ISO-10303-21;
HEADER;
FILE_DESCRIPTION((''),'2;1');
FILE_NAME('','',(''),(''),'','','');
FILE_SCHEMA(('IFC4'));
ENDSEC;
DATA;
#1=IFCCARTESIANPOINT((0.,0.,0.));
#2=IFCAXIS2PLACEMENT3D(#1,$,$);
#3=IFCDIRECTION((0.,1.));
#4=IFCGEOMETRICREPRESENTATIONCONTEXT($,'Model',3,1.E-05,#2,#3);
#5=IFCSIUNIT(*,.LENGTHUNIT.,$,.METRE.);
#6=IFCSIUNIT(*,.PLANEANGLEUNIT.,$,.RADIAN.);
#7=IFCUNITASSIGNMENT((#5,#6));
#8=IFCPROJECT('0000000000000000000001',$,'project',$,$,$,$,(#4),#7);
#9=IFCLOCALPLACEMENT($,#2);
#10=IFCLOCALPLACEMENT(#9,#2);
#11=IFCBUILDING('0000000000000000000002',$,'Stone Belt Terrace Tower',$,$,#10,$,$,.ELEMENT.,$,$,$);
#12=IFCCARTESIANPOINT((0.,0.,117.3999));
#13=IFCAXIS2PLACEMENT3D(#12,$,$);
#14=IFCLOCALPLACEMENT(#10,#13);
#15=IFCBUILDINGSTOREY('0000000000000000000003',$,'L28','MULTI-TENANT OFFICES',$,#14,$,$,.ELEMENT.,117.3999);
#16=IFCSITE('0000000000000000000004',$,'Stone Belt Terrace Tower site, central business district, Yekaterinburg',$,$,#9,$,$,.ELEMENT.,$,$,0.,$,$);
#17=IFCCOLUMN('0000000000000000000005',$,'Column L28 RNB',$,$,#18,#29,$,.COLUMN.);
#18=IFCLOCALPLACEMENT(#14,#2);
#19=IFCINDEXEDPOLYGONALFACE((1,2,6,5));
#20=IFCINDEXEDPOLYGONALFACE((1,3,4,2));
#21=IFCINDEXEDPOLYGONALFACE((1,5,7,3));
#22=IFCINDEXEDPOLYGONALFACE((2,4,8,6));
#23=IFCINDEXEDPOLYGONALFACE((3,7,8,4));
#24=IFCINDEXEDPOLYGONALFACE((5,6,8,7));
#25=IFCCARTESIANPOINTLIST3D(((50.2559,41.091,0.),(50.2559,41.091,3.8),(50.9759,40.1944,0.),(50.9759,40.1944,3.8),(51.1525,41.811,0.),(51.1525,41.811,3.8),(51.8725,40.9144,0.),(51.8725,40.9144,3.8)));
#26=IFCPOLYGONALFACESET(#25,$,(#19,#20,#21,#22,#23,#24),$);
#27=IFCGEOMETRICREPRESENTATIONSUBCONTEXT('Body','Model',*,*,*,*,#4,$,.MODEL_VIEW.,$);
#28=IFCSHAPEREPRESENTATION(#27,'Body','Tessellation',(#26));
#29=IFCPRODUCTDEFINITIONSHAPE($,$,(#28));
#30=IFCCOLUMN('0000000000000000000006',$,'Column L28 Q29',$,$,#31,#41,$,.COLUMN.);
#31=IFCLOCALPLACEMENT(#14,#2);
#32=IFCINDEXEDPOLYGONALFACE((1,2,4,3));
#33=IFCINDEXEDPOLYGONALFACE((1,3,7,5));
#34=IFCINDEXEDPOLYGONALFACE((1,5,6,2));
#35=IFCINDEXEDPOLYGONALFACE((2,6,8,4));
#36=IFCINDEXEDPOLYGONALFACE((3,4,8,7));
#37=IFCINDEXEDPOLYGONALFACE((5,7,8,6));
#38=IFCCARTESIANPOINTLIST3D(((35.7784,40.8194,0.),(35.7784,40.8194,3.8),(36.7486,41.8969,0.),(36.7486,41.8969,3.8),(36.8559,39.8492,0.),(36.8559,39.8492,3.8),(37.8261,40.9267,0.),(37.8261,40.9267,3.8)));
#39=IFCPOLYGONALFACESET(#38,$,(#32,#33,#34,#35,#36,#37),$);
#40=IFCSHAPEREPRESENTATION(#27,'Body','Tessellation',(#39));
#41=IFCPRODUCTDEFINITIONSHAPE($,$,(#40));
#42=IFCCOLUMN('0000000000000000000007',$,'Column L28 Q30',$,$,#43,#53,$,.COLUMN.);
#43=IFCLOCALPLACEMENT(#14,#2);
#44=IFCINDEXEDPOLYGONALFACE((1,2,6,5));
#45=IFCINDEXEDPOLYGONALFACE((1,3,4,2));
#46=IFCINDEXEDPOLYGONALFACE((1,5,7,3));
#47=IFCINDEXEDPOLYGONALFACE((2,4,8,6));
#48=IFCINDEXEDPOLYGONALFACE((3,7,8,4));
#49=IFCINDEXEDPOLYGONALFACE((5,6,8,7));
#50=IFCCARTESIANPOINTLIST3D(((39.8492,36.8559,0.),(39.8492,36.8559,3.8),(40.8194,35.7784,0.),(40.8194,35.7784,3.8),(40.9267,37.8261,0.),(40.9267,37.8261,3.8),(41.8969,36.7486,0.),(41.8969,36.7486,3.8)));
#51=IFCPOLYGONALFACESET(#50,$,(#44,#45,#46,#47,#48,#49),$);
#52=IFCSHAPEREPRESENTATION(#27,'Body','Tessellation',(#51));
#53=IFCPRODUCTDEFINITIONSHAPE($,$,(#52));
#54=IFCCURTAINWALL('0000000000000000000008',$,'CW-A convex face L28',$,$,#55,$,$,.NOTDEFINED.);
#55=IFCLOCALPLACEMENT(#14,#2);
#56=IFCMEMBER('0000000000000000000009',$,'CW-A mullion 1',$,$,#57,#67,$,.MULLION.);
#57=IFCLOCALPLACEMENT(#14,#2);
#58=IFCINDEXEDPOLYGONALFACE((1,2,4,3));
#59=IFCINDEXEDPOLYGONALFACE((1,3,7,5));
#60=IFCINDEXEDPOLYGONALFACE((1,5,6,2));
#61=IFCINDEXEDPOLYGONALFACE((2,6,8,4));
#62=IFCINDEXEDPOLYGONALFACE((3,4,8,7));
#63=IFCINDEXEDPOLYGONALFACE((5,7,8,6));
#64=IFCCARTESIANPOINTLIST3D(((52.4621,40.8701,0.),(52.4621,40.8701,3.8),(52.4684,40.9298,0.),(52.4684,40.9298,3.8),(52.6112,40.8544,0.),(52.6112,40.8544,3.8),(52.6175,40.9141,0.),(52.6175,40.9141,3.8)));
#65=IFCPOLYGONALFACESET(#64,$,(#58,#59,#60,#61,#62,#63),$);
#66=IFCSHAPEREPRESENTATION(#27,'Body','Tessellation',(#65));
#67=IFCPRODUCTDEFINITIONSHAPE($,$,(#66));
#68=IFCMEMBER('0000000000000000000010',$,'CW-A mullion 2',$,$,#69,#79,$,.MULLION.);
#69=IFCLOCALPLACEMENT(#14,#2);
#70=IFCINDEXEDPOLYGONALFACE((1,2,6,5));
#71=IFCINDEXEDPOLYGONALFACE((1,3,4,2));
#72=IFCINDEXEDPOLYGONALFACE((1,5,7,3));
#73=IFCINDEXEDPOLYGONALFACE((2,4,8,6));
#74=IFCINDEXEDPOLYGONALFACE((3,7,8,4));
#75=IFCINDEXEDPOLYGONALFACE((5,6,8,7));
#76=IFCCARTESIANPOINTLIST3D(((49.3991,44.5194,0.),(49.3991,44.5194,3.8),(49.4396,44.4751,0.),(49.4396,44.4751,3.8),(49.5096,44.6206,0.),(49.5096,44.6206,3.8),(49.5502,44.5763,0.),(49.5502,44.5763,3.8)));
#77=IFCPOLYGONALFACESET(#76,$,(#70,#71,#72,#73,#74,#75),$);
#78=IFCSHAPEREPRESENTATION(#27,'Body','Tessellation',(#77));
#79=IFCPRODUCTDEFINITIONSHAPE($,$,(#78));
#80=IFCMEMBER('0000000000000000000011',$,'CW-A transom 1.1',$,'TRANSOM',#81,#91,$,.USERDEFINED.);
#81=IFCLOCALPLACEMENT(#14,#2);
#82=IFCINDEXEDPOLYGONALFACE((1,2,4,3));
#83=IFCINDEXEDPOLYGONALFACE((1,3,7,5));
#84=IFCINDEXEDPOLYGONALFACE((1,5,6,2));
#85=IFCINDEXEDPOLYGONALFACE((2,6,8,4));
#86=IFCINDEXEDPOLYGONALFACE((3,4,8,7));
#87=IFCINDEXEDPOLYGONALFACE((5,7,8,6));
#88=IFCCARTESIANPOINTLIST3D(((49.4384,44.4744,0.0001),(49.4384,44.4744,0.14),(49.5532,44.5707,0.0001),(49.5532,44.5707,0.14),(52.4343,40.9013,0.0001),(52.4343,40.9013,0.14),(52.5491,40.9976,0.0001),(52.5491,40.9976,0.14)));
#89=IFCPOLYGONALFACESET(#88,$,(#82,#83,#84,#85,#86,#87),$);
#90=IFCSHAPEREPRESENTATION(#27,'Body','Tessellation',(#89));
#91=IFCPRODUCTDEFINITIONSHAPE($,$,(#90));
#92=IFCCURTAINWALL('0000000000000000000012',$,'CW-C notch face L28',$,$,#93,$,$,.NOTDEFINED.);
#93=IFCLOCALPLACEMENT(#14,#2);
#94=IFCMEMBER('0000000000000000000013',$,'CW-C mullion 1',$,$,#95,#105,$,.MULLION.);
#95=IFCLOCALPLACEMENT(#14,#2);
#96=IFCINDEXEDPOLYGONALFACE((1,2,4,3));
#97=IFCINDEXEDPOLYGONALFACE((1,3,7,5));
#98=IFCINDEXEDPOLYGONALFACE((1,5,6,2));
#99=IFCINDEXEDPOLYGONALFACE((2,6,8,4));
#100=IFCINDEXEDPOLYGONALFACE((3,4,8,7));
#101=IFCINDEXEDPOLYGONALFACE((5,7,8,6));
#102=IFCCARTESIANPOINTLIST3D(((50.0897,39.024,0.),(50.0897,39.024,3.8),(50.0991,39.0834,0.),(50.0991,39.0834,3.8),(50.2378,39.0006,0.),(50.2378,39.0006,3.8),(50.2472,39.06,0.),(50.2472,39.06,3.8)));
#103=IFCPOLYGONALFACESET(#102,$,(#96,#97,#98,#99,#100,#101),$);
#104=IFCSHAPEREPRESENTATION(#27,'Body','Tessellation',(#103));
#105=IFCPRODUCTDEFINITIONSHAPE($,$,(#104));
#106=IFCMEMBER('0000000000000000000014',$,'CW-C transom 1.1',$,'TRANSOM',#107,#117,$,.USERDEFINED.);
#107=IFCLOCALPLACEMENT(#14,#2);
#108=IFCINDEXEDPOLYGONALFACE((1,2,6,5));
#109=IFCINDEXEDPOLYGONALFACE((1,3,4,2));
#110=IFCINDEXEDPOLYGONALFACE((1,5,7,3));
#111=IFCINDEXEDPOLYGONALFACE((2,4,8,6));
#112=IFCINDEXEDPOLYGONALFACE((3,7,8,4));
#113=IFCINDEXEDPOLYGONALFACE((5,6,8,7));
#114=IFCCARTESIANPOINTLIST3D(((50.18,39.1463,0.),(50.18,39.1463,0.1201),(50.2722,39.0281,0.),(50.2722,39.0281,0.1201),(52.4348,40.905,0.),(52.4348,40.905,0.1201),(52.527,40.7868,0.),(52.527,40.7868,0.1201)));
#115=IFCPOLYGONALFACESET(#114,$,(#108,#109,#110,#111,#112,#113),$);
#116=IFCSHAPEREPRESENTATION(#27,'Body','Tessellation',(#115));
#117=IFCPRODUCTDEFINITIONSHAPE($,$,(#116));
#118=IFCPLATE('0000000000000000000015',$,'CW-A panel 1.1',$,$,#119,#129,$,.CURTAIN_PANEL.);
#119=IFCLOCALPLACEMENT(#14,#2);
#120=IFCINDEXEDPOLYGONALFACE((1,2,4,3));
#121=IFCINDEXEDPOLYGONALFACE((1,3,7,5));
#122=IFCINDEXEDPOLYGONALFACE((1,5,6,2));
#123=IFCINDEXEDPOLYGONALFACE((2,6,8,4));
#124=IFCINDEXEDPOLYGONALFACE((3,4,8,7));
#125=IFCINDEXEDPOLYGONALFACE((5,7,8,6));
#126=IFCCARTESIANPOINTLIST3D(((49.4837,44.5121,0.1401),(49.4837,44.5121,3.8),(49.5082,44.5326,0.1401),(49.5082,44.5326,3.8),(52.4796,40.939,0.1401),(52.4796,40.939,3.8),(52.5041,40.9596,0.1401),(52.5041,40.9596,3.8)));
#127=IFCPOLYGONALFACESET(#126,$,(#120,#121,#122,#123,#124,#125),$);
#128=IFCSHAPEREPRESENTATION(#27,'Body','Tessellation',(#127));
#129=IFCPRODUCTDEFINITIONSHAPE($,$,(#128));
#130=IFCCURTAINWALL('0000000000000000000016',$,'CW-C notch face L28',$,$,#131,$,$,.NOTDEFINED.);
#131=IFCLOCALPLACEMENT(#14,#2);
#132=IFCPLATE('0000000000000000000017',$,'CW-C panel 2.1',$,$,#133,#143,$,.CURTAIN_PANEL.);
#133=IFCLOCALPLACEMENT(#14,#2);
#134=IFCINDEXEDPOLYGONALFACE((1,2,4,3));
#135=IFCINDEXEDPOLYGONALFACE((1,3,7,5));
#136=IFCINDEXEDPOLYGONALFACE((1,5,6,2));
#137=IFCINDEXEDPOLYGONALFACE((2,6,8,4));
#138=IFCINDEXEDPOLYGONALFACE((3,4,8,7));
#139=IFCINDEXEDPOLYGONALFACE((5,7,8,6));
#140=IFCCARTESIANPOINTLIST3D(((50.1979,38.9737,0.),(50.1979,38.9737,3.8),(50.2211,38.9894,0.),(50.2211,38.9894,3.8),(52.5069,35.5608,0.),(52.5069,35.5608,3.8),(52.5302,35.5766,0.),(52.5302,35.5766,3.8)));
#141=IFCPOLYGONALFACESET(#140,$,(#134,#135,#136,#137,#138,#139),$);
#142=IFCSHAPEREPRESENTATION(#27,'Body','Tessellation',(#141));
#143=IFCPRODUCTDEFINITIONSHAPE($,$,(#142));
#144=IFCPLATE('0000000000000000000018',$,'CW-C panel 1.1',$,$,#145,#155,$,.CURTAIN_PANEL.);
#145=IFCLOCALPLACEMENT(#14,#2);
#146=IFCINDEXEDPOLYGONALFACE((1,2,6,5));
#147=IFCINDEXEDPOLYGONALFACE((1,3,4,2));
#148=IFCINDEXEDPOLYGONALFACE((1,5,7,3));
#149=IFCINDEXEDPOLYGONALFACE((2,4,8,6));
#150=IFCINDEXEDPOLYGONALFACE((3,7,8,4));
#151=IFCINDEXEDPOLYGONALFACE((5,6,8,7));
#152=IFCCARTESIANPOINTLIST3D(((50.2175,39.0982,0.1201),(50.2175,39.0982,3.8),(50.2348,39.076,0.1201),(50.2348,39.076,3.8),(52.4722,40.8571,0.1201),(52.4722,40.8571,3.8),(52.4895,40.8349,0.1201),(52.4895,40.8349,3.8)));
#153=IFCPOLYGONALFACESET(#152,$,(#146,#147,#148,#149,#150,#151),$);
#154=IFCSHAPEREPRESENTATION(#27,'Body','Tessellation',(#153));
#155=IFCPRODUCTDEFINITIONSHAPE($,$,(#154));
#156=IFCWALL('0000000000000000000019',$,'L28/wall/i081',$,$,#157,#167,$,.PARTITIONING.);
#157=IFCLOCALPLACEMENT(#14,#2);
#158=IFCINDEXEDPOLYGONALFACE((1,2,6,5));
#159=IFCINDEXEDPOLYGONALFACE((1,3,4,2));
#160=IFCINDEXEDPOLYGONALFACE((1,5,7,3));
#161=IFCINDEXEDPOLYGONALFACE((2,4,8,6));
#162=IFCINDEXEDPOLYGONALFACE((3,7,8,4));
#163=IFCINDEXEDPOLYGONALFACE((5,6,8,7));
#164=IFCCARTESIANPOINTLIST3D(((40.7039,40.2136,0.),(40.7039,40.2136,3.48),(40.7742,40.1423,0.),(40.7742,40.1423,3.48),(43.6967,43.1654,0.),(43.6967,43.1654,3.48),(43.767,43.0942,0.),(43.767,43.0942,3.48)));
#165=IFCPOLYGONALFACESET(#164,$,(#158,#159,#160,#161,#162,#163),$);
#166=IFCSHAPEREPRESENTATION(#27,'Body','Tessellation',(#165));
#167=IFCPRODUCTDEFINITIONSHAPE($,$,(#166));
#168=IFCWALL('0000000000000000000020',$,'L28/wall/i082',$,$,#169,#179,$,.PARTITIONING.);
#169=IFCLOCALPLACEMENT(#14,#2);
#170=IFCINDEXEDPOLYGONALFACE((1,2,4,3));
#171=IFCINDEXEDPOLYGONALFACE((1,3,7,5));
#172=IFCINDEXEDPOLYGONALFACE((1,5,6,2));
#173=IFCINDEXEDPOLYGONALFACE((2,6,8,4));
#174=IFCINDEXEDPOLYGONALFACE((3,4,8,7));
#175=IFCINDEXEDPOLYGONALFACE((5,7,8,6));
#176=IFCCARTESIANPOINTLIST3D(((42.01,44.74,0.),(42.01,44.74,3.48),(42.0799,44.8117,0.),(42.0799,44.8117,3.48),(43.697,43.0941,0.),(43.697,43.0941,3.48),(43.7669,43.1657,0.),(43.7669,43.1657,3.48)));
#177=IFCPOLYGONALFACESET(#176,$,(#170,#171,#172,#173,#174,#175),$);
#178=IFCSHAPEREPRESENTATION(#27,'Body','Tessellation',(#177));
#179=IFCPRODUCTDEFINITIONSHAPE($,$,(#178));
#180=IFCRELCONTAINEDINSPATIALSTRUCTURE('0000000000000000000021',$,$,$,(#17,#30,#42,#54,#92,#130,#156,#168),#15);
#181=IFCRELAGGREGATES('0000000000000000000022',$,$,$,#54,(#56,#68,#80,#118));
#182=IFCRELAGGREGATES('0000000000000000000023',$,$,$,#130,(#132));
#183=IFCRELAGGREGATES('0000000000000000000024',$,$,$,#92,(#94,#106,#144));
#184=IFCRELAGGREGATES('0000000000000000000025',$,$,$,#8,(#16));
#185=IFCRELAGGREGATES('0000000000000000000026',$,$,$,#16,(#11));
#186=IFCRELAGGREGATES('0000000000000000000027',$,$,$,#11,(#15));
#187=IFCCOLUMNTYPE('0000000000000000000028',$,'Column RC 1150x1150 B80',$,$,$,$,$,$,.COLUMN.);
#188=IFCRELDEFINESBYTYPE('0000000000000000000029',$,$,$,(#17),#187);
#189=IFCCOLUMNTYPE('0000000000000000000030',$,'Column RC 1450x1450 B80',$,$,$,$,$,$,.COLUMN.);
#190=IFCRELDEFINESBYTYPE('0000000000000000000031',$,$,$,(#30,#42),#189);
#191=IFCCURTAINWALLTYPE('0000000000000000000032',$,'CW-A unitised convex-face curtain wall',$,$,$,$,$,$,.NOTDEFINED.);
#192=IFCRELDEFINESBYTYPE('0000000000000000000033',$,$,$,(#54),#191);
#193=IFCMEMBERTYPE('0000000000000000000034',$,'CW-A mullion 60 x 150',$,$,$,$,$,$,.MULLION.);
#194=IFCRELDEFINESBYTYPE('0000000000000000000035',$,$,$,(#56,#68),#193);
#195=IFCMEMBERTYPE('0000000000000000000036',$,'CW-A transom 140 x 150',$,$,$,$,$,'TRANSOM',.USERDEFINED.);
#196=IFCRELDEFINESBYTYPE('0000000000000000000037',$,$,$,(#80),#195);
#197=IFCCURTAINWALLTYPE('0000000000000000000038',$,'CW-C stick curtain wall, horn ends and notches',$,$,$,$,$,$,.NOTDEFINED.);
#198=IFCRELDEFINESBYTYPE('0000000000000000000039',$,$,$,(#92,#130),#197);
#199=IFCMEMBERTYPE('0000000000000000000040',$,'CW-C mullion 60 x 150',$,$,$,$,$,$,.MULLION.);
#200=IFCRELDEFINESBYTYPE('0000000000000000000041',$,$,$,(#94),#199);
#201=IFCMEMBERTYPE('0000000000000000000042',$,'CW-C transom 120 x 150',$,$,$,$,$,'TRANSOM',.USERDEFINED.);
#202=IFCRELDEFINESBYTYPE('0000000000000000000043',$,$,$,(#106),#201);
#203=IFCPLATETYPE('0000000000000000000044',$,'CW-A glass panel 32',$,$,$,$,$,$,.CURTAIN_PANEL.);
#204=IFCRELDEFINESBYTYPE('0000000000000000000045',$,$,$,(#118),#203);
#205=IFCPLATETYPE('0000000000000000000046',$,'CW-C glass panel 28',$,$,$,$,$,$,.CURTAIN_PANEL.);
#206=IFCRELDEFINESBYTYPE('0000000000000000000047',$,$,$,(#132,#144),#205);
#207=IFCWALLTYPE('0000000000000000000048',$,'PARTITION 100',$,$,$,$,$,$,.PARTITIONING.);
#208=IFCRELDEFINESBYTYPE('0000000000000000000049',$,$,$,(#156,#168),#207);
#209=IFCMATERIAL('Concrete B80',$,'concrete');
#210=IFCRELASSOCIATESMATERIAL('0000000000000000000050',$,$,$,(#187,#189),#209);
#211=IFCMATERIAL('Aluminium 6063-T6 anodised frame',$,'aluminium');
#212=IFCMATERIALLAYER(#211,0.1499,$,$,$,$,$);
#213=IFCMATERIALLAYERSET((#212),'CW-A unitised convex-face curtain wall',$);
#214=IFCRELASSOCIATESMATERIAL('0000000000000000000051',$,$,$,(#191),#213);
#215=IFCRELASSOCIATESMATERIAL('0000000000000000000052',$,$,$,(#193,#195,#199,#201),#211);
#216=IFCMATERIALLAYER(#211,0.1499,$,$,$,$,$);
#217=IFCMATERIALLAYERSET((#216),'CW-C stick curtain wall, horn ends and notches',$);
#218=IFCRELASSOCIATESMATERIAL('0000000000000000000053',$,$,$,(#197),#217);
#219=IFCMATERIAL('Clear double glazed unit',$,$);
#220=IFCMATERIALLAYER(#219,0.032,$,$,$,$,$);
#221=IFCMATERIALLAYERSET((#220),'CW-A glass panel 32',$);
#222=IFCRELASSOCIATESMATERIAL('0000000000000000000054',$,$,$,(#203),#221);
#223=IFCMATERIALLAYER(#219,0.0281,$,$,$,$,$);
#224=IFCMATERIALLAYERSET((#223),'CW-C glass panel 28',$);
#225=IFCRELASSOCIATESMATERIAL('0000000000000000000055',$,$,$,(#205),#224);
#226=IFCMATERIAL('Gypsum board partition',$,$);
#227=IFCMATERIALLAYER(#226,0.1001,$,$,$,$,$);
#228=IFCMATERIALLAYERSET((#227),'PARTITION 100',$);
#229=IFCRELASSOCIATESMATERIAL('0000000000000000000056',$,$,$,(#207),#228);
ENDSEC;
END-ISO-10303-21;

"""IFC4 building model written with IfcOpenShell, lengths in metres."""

from ifc_helpers import new_model, si_unit, direction, frame, frame_2d, origin, origin_2d, place, context, subcontext, project, spatial, rectangle, extrude, material, layer, layer_set, material_profile, profile_set, type_object, element, aggregate, save


model = new_model("IFC4")

# Units and contexts
model_context = context("Model", 3, precision=1e-05, world=origin(), true_north=direction((0.0, 1.0)))
body_context = subcontext(model_context, "Body", "Model", "MODEL_VIEW")
ifc_project = project(units=[si_unit("LENGTHUNIT", "METRE"), si_unit("PLANEANGLEUNIT", "RADIAN")], contexts=[model_context])

# Site, building, storey
site_placement = place(None, origin())
site = spatial("IfcSite", under=ifc_project, at=site_placement, Name="Stone Belt Terrace Tower site, central business district, Yekaterinburg", CompositionType="ELEMENT", RefElevation=0.0)
building_placement = place(site_placement, origin())
building = spatial("IfcBuilding", under=site, at=building_placement, Name="Stone Belt Terrace Tower", CompositionType="ELEMENT")
storey_placement = place(building_placement, frame((0.0, 0.0, 117.3999)))
storey = spatial("IfcBuildingStorey", under=building, at=storey_placement, Name="L28", Description="MULTI-TENANT OFFICES", CompositionType="ELEMENT", Elevation=117.3999)

# Columns
ifc_material_1 = material(Name="Concrete B80", Category="concrete")
ifc_material_profile_1 = material_profile(ifc_material_1, rectangle(XDim=1.1499, YDim=1.1499, at=origin_2d()), Name="RC 1150x1150")
ifc_profile_set_1 = profile_set([ifc_material_profile_1], Name="Concrete B80")
column_type_1 = type_object("IfcColumnType", Name="Column RC 1150x1150 B80", PredefinedType="COLUMN", material=ifc_profile_set_1)
column_placement = place(storey_placement, frame((51.0642, 41.0027, 0.0), z_axis=(0.0, 0.0, 1.0), x_axis=(0.626104, -0.779739, 0.0)))
element("IfcColumn", 1, at=column_placement, inside=storey, type_object=column_type_1, Name="Column L28 RNB", PredefinedType="COLUMN", context=body_context, shape_type="SweptSolid", body=[
    extrude(rectangle(XDim=1.1499, YDim=1.1499, at=origin_2d()), origin(), (0.0, 0.0, 1.0), 3.8),
])
ifc_material_profile_2 = material_profile(ifc_material_1, rectangle(XDim=1.45, YDim=1.45, at=origin_2d()), Name="RC 1450x1450")
ifc_profile_set_2 = profile_set([ifc_material_profile_2], Name="Concrete B80")
column_type_2 = type_object("IfcColumnType", Name="Column RC 1450x1450 B80", PredefinedType="COLUMN", material=ifc_profile_set_2)
for number, where, z_axis, x_axis, name in (
    (2, (36.8022, 40.873, 0.0), (0.0, 0.0, 1.0), (0.743145, -0.669131, 0.0), "Column L28 Q29"),
    (3, (40.873, 36.8022, 0.0), (0.0, 0.0, 1.0), (0.669131, -0.743145, 0.0), "Column L28 Q30"),
):
    element("IfcColumn", number, at=place(storey_placement, frame(where, z_axis=z_axis, x_axis=x_axis)), inside=storey, type_object=column_type_2, Name=name, PredefinedType="COLUMN", context=body_context, shape_type="SweptSolid", body=[
        extrude(rectangle(XDim=1.45, YDim=1.45, at=origin_2d()), origin(), (0.0, 0.0, 1.0), 3.8),
    ])

# Curtain walls, members
ifc_material_2 = material(Name="Aluminium 6063-T6 anodised frame", Category="aluminium")
ifc_layer_1 = layer(ifc_material_2, 0.1499)
ifc_layer_set_1 = layer_set([ifc_layer_1], Name="CW-A unitised convex-face curtain wall")
curtain_wall_type_1 = type_object("IfcCurtainWallType", Name="CW-A unitised convex-face curtain wall", PredefinedType="NOTDEFINED", material=ifc_layer_set_1)
curtain_wall_1_placement = place(storey_placement, origin())
curtain_wall_1 = element("IfcCurtainWall", 4, at=curtain_wall_1_placement, inside=storey, type_object=curtain_wall_type_1, Name="CW-A convex face L28", PredefinedType="NOTDEFINED")
ifc_material_profile_3 = material_profile(ifc_material_2, rectangle(XDim=0.1499, YDim=0.0601, at=origin_2d()), Name="Aluminium 6063-T6 60x150")
ifc_profile_set_3 = profile_set([ifc_material_profile_3], Name="Aluminium 6063-T6 anodised frame")
member_type_1 = type_object("IfcMemberType", Name="CW-A mullion 60 x 150", PredefinedType="MULLION", material=ifc_profile_set_3)
member_1_placement = place(storey_placement, frame((52.5398, 40.8921, 0.0), z_axis=(0.0, 0.0, 1.0), x_axis=(-0.994465, 0.105071, 0.0)))
member_1 = element("IfcMember", 5, at=member_1_placement, type_object=member_type_1, Name="CW-A mullion 1", PredefinedType="MULLION", context=body_context, shape_type="SweptSolid", body=[
    extrude(rectangle(XDim=0.1499, YDim=0.0601, at=origin_2d()), origin(), (0.0, 0.0, 1.0), 3.8),
])
member_2_placement = place(storey_placement, frame((49.4746, 44.5479, 0.0), z_axis=(0.0, 0.0, 1.0), x_axis=(-0.7374, -0.675456, 0.0)))
member_2 = element("IfcMember", 6, at=member_2_placement, type_object=member_type_1, Name="CW-A mullion 2", PredefinedType="MULLION", context=body_context, shape_type="SweptSolid", body=[
    extrude(rectangle(XDim=0.1499, YDim=0.0601, at=origin_2d()), origin(), (0.0, 0.0, 1.0), 3.8),
])
ifc_material_profile_4 = material_profile(ifc_material_2, rectangle(XDim=0.1499, YDim=0.1399, at=origin_2d()), Name="Aluminium 6063-T6 150x140")
ifc_profile_set_4 = profile_set([ifc_material_profile_4], Name="Aluminium 6063-T6 anodised frame")
member_type_2 = type_object("IfcMemberType", Name="CW-A transom 140 x 150", ElementType="TRANSOM", PredefinedType="USERDEFINED", material=ifc_profile_set_4)
member_3_placement = place(storey_placement, frame((52.4917, 40.9495, 0.0701), z_axis=(-0.642504, 0.766282, 0.0), x_axis=(-0.766282, -0.642504, 0.0)))
member_3 = element("IfcMember", 7, at=member_3_placement, type_object=member_type_2, Name="CW-A transom 1.1", ObjectType="TRANSOM", PredefinedType="USERDEFINED", context=body_context, shape_type="SweptSolid", body=[
    extrude(rectangle(XDim=0.1499, YDim=0.1399, at=origin_2d()), origin(), (0.0, 0.0, 1.0), 4.6628),
])
ifc_layer_2 = layer(ifc_material_2, 0.1499)
ifc_layer_set_2 = layer_set([ifc_layer_2], Name="CW-C stick curtain wall, horn ends and notches")
curtain_wall_type_2 = type_object("IfcCurtainWallType", Name="CW-C stick curtain wall, horn ends and notches", PredefinedType="NOTDEFINED", material=ifc_layer_set_2)
curtain_wall_2_placement = place(storey_placement, origin())
curtain_wall_2 = element("IfcCurtainWall", 8, at=curtain_wall_2_placement, inside=storey, type_object=curtain_wall_type_2, Name="CW-C notch face L28", PredefinedType="NOTDEFINED")
ifc_material_profile_5 = material_profile(ifc_material_2, rectangle(XDim=0.1499, YDim=0.0601, at=origin_2d()), Name="Aluminium 6063-T6 60x150")
ifc_profile_set_5 = profile_set([ifc_material_profile_5], Name="Aluminium 6063-T6 anodised frame")
member_type_3 = type_object("IfcMemberType", Name="CW-C mullion 60 x 150", PredefinedType="MULLION", material=ifc_profile_set_5)
member_4_placement = place(storey_placement, frame((50.1685, 39.042, 0.0), z_axis=(0.0, 0.0, 1.0), x_axis=(-0.987742, 0.156094, 0.0)))
member_4 = element("IfcMember", 9, at=member_4_placement, type_object=member_type_3, Name="CW-C mullion 1", PredefinedType="MULLION", context=body_context, shape_type="SweptSolid", body=[
    extrude(rectangle(XDim=0.1499, YDim=0.0601, at=origin_2d()), origin(), (0.0, 0.0, 1.0), 3.8),
])
ifc_material_profile_6 = material_profile(ifc_material_2, rectangle(XDim=0.1499, YDim=0.1201, at=origin_2d()), Name="Aluminium 6063-T6 150x120")
ifc_profile_set_6 = profile_set([ifc_material_profile_6], Name="Aluminium 6063-T6 anodised frame")
member_type_4 = type_object("IfcMemberType", Name="CW-C transom 120 x 150", ElementType="TRANSOM", PredefinedType="USERDEFINED", material=ifc_profile_set_6)
member_5_placement = place(storey_placement, frame((50.2261, 39.0872, 0.0601), z_axis=(0.788506, 0.615028, 0.0), x_axis=(-0.615028, 0.788506, 0.0)))
member_5 = element("IfcMember", 10, at=member_5_placement, type_object=member_type_4, Name="CW-C transom 1.1", ObjectType="TRANSOM", PredefinedType="USERDEFINED", context=body_context, shape_type="SweptSolid", body=[
    extrude(rectangle(XDim=0.1499, YDim=0.1201, at=origin_2d()), origin(), (0.0, 0.0, 1.0), 2.8596),
])

# Plate
ifc_material_3 = material(Name="Clear double glazed unit")
ifc_layer_3 = layer(ifc_material_3, 0.032)
ifc_layer_set_3 = layer_set([ifc_layer_3], Name="CW-A glass panel 32")
plate_type_1 = type_object("IfcPlateType", Name="CW-A glass panel 32", PredefinedType="CURTAIN_PANEL", material=ifc_layer_set_3)
plate_1_placement = place(storey_placement, frame((50.9939, 42.7358, 0.1401), z_axis=(0.0, 0.0, 1.0), x_axis=(-0.642509, 0.766278, 0.0)))
plate_1 = element("IfcPlate", 11, at=plate_1_placement, type_object=plate_type_1, Name="CW-A panel 1.1", PredefinedType="CURTAIN_PANEL", context=body_context, shape_type="SweptSolid", body=[
    extrude(rectangle(XDim=4.6628, YDim=0.032, at=origin_2d()), origin(), (0.0, 0.0, 1.0), 3.6599),
])
aggregate(curtain_wall_1, [member_1, member_2, member_3, plate_1])

# Curtain wall, plate
curtain_wall_3_placement = place(storey_placement, origin())
curtain_wall_3 = element("IfcCurtainWall", 12, at=curtain_wall_3_placement, inside=storey, type_object=curtain_wall_type_2, Name="CW-C notch face L28", PredefinedType="NOTDEFINED")
ifc_layer_4 = layer(ifc_material_3, 0.0281)
ifc_layer_set_4 = layer_set([ifc_layer_4], Name="CW-C glass panel 28")
plate_type_2 = type_object("IfcPlateType", Name="CW-C glass panel 28", PredefinedType="CURTAIN_PANEL", material=ifc_layer_set_4)
plate_2_placement = place(storey_placement, frame((51.364, 37.2751, 0.0), z_axis=(0.0, 0.0, 1.0), x_axis=(-0.560367, 0.828244, 0.0)))
plate_2 = element("IfcPlate", 13, at=plate_2_placement, type_object=plate_type_2, Name="CW-C panel 2.1", PredefinedType="CURTAIN_PANEL", context=body_context, shape_type="SweptSolid", body=[
    extrude(rectangle(XDim=4.1206, YDim=0.0281, at=origin_2d()), origin(), (0.0, 0.0, 1.0), 3.8),
])
aggregate(curtain_wall_3, [plate_2])

# Plate
plate_3_placement = place(storey_placement, frame((51.3535, 39.9666, 0.1201), z_axis=(0.0, 0.0, 1.0), x_axis=(0.788458, 0.615089, 0.0)))
plate_3 = element("IfcPlate", 14, at=plate_3_placement, type_object=plate_type_2, Name="CW-C panel 1.1", PredefinedType="CURTAIN_PANEL", context=body_context, shape_type="SweptSolid", body=[
    extrude(rectangle(XDim=2.8596, YDim=0.0281, at=origin_2d()), origin(), (0.0, 0.0, 1.0), 3.6799),
])
aggregate(curtain_wall_2, [member_4, member_5, plate_3])

# Walls
ifc_material_4 = material(Name="Gypsum board partition")
ifc_layer_5 = layer(ifc_material_4, 0.1001)
ifc_layer_set_5 = layer_set([ifc_layer_5], Name="PARTITION 100")
wall_type_1 = type_object("IfcWallType", Name="PARTITION 100", PredefinedType="PARTITIONING", material=ifc_layer_set_5)
wall_1_placement = place(storey_placement, frame((40.739, 40.178, 0.0), z_axis=(0.0, 0.0, 1.0), x_axis=(0.711968, 0.702211, 0.0)))
element("IfcWall", 15, at=wall_1_placement, inside=storey, type_object=wall_type_1, Name="L28/wall/i081", PredefinedType="PARTITIONING", context=body_context, shape_type="SweptSolid", body=[
    extrude(rectangle(XDim=4.2036, YDim=0.1001, at=frame_2d((2.1018, 0.0))), origin(), (0.0, 0.0, 1.0), 3.48),
])
wall_2_placement = place(storey_placement, frame((43.7319, 43.1299, 0.0), z_axis=(0.0, 0.0, 1.0), x_axis=(-0.715754, 0.698352, 0.0)))
element("IfcWall", 16, at=wall_2_placement, inside=storey, type_object=wall_type_1, Name="L28/wall/i082", PredefinedType="PARTITIONING", context=body_context, shape_type="SweptSolid", body=[
    extrude(rectangle(XDim=2.3569, YDim=0.1001, at=frame_2d((1.1785, 0.0))), origin(), (0.0, 0.0, 1.0), 3.48),
])

save(model, "model.ifc")
